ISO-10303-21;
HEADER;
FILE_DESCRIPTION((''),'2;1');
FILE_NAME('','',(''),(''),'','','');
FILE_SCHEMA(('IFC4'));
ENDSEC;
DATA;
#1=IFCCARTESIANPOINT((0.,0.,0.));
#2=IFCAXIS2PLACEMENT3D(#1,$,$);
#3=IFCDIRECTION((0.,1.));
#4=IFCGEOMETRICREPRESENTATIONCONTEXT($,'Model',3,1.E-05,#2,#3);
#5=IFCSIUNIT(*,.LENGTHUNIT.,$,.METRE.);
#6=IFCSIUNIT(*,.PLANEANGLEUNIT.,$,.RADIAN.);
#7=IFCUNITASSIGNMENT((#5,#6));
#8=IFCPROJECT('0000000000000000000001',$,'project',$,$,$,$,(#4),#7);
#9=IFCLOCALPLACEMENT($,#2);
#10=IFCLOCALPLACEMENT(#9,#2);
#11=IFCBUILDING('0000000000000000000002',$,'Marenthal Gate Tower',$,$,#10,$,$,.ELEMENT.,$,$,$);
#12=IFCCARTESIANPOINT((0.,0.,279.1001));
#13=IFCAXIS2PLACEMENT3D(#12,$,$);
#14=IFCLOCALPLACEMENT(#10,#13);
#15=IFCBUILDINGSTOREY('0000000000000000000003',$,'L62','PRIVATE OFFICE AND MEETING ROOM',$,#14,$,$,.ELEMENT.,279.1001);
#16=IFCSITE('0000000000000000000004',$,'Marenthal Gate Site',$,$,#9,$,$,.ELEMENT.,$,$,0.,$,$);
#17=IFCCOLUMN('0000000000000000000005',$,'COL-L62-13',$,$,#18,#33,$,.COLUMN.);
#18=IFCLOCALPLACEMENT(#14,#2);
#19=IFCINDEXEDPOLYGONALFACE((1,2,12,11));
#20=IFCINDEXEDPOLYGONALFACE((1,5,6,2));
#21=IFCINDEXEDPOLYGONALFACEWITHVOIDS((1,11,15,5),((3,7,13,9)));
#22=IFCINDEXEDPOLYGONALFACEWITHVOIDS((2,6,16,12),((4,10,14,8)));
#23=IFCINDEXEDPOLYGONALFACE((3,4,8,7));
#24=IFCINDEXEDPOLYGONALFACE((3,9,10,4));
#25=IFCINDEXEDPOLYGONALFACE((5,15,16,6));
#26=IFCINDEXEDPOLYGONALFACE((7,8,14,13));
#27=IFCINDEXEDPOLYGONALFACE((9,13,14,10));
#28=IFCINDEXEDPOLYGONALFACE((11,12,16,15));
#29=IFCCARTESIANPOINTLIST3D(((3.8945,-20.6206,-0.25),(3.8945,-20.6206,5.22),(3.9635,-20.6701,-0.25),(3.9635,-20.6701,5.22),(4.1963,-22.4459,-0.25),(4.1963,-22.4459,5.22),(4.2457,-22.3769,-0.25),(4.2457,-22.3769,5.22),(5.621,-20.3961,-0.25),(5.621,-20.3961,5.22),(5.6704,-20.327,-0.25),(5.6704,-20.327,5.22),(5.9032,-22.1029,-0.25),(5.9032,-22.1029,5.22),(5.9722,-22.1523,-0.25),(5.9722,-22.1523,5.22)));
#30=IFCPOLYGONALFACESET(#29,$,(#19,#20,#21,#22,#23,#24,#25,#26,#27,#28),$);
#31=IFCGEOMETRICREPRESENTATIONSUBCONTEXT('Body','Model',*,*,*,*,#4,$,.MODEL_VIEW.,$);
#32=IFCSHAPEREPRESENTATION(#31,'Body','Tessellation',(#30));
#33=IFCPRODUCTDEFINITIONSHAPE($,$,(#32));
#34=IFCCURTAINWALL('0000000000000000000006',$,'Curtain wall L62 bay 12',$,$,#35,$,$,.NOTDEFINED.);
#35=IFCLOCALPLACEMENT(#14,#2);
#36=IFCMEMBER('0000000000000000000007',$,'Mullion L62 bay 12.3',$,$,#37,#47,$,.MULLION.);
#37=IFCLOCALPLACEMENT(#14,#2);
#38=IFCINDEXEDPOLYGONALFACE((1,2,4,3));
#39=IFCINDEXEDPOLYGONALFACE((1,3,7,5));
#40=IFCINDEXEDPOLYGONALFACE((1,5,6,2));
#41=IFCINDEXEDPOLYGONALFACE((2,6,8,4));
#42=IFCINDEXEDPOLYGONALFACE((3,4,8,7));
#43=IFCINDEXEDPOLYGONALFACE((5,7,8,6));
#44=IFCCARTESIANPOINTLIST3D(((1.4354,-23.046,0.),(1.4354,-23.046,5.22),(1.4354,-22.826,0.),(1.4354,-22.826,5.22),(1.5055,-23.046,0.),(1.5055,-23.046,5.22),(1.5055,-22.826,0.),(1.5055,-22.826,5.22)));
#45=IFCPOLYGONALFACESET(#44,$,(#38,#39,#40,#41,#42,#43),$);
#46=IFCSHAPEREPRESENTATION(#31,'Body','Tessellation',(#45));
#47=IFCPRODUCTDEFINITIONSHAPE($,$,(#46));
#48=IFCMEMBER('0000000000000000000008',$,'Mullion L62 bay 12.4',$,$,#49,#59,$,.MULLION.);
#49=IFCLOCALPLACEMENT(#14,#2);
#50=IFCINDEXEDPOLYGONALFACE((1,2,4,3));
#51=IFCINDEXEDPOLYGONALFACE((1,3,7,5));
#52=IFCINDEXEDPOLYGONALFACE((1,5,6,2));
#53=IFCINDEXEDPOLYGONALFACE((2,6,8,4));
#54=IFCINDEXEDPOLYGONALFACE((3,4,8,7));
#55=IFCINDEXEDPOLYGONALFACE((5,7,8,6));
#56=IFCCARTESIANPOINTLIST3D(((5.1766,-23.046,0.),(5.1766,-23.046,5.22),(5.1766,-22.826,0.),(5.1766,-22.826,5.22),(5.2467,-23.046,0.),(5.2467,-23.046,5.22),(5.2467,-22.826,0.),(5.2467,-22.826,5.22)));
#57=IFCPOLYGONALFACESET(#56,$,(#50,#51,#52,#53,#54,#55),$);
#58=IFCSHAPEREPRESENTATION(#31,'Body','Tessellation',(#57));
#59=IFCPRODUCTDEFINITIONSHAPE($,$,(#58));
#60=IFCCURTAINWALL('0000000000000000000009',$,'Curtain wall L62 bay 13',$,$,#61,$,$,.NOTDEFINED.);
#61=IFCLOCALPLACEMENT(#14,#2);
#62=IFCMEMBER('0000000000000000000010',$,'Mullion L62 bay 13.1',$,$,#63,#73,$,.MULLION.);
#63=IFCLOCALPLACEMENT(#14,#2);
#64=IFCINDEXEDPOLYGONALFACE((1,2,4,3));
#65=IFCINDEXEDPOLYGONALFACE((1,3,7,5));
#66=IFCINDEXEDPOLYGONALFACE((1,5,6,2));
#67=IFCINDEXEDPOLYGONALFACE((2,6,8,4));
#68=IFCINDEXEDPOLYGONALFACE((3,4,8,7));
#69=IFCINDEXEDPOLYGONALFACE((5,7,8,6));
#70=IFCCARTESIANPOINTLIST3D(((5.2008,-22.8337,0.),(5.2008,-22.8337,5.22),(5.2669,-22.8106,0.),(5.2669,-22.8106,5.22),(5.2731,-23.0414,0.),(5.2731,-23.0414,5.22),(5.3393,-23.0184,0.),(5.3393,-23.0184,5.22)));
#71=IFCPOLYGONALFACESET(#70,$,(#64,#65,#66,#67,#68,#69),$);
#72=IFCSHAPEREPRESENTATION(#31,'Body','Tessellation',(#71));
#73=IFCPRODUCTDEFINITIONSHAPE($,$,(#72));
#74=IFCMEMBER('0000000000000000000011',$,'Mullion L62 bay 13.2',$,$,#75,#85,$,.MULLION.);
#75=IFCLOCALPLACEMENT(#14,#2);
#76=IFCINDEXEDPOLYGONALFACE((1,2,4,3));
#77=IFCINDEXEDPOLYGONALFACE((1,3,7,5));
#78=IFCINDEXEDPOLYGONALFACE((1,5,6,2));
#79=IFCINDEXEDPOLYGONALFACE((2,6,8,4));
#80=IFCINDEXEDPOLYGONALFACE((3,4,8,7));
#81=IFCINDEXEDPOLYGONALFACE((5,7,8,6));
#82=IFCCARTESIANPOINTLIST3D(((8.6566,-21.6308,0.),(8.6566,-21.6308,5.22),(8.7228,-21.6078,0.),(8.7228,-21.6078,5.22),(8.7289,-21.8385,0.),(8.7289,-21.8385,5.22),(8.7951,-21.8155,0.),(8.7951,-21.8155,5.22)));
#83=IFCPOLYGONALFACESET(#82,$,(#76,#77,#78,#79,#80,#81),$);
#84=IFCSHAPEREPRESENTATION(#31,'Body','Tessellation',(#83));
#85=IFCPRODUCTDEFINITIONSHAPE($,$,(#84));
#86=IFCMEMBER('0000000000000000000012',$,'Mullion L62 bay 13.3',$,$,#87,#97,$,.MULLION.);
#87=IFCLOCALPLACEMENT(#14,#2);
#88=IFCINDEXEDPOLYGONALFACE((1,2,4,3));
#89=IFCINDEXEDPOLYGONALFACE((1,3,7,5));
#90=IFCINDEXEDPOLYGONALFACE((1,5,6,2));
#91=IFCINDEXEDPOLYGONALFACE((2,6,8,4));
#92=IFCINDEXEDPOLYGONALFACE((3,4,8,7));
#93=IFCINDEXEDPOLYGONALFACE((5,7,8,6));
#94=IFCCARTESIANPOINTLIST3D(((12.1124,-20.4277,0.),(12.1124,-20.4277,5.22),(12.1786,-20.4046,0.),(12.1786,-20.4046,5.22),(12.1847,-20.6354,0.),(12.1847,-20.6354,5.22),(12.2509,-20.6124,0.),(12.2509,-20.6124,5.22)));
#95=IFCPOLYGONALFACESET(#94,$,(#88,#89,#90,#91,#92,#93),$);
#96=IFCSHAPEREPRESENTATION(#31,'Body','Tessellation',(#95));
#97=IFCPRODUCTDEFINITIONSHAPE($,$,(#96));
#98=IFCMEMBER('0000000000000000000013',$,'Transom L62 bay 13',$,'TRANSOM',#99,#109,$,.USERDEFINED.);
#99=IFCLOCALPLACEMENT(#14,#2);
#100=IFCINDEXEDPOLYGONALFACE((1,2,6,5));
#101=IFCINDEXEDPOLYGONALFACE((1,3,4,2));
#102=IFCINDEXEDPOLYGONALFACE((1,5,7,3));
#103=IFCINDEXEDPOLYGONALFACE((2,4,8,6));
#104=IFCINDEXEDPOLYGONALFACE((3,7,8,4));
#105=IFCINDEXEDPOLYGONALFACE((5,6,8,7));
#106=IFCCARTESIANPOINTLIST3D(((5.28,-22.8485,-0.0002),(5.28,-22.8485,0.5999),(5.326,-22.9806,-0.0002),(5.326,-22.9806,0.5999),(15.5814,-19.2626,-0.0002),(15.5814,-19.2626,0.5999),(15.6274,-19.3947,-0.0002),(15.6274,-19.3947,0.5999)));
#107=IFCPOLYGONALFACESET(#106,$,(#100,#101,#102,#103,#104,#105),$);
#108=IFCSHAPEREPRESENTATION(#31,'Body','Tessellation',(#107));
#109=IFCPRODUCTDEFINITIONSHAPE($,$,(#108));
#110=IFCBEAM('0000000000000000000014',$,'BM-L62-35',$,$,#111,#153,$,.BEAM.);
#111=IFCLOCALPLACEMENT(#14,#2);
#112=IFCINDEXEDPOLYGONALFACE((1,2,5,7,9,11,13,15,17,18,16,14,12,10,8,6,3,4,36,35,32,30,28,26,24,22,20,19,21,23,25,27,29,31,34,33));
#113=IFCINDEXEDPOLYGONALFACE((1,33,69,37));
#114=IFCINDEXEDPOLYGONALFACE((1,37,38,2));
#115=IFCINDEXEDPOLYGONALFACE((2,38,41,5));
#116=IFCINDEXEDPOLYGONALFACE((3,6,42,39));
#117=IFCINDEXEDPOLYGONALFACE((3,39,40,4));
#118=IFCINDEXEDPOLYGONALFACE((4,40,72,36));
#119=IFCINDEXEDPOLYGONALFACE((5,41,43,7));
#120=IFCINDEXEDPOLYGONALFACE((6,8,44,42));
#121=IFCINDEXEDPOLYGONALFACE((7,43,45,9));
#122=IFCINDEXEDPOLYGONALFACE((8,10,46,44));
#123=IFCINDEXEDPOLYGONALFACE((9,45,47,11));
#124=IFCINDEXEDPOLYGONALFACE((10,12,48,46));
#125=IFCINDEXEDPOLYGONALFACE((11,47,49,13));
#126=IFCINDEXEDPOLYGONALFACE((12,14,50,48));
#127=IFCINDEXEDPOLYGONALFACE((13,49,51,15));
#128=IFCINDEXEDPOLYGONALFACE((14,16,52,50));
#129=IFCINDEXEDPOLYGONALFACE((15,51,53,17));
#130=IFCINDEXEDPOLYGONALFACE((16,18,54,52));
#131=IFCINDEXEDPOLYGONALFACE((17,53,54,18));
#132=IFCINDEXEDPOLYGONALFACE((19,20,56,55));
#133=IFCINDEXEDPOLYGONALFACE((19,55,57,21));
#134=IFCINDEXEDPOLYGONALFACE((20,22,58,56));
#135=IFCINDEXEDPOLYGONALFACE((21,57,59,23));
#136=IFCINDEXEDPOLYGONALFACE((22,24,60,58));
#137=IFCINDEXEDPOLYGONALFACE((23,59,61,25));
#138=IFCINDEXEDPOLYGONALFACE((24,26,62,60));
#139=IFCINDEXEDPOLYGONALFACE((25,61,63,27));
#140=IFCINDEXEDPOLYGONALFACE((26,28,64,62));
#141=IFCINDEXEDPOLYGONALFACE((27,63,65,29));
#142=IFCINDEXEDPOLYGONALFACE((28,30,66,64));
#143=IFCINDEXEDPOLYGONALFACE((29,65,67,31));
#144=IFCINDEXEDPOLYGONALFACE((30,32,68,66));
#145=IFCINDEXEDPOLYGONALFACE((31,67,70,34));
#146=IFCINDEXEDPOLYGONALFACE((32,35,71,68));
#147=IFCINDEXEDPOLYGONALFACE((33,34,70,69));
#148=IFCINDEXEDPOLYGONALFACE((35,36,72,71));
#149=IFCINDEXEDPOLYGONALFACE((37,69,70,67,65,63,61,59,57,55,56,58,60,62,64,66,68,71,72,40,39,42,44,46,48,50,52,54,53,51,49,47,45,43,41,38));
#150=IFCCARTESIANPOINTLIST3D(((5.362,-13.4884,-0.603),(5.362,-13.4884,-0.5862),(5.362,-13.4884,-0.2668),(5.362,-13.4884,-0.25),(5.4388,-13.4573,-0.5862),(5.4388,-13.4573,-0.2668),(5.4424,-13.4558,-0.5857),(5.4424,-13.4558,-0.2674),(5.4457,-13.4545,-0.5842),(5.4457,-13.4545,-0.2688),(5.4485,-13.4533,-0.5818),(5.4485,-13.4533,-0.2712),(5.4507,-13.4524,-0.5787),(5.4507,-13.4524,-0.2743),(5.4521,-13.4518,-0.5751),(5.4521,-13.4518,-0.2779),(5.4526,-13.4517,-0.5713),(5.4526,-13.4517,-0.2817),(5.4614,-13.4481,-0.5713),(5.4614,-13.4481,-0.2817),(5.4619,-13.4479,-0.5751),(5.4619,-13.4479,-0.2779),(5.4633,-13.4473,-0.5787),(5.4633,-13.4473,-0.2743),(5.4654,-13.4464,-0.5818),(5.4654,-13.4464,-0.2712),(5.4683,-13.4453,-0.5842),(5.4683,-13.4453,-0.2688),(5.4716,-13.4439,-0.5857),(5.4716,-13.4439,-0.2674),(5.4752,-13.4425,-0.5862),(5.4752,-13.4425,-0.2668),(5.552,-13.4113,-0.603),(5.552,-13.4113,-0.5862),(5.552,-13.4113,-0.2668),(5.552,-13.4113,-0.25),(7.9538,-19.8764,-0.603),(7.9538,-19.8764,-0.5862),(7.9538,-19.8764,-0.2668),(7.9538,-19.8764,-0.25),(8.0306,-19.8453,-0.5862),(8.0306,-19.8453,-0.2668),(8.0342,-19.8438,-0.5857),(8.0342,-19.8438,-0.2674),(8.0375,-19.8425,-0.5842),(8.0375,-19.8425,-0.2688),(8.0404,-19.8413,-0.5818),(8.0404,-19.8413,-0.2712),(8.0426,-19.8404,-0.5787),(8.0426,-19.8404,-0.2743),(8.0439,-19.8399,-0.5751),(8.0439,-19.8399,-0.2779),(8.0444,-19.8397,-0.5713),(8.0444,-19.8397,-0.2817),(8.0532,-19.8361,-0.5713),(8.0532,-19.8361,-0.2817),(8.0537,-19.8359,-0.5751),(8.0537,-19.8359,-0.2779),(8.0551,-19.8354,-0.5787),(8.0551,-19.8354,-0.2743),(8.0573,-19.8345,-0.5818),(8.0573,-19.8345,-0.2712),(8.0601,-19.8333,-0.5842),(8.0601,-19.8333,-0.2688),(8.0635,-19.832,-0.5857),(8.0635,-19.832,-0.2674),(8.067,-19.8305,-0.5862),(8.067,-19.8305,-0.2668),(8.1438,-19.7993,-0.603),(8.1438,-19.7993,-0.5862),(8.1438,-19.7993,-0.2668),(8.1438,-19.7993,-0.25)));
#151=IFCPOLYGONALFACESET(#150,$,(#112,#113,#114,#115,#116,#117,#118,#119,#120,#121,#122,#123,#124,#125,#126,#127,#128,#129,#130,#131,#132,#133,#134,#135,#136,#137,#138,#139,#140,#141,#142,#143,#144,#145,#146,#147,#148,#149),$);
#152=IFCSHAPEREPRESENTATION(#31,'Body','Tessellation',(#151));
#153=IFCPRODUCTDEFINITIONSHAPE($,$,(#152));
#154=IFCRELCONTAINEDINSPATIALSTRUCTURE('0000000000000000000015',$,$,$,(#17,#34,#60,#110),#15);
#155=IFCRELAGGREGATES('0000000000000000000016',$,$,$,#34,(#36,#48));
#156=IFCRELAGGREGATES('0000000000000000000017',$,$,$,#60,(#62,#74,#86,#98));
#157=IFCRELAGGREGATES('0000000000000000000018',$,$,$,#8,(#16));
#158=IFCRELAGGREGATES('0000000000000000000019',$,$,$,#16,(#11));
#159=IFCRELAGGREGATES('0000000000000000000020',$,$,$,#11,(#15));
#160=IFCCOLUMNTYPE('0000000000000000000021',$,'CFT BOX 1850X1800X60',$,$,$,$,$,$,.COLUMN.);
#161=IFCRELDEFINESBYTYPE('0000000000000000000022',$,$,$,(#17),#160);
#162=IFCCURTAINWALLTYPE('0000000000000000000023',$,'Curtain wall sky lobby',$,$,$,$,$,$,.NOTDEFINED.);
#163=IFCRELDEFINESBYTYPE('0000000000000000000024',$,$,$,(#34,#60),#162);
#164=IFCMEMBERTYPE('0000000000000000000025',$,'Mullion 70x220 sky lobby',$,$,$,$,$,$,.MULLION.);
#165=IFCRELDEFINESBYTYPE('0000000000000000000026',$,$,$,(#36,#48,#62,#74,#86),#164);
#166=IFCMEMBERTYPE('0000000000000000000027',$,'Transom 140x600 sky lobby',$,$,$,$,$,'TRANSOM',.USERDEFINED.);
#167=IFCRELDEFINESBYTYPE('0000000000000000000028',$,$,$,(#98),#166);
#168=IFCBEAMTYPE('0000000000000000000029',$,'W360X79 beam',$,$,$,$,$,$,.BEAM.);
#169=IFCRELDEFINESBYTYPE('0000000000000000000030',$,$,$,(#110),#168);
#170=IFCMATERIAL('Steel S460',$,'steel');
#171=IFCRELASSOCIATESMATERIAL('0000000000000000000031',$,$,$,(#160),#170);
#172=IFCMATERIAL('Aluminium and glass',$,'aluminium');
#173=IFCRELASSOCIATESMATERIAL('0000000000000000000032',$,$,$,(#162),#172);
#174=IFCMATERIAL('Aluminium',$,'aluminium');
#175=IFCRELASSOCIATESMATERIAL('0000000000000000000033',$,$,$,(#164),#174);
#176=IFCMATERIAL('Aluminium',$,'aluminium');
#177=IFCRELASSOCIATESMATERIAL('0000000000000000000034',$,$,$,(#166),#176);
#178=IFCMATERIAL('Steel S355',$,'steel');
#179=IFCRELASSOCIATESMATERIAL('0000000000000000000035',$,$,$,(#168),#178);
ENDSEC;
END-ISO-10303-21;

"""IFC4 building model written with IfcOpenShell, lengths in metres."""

from ifc_helpers import new_model, si_unit, direction, frame, origin, origin_2d, place, context, subcontext, project, spatial, rectangle, hollow_rectangle, i_section, extrude, material, material_profile, profile_set, type_object, element, aggregate, save


model = new_model("IFC4")

# Units and contexts
model_context = context("Model", 3, precision=1e-05, world=origin(), true_north=direction((0.0, 1.0)))
body_context = subcontext(model_context, "Body", "Model", "MODEL_VIEW")
ifc_project = project(units=[si_unit("LENGTHUNIT", "METRE"), si_unit("PLANEANGLEUNIT", "RADIAN")], contexts=[model_context])

# Site, building, storey
site_placement = place(None, origin())
site = spatial("IfcSite", under=ifc_project, at=site_placement, Name="Marenthal Gate Site", CompositionType="ELEMENT", RefElevation=0.0)
building_placement = place(site_placement, origin())
building = spatial("IfcBuilding", under=site, at=building_placement, Name="Marenthal Gate Tower", CompositionType="ELEMENT")
storey_placement = place(building_placement, frame((0.0, 0.0, 279.1001)))
storey = spatial("IfcBuildingStorey", under=building, at=storey_placement, Name="L62", Description="PRIVATE OFFICE AND MEETING ROOM", CompositionType="ELEMENT", Elevation=279.1001)

# Column
ifc_material_1 = material(Name="Steel S460", Category="steel")
ifc_material_profile_1 = material_profile(ifc_material_1, hollow_rectangle(XDim=1.8, YDim=1.8501, WallThickness=0.0601, at=origin_2d()), Name="CFT BOX 1850X1800X60")
ifc_material_2 = material(Name="Concrete 70 MPa", Category="concrete")
ifc_material_profile_2 = material_profile(ifc_material_2, rectangle(XDim=1.6799, YDim=1.73, at=origin_2d()), Name="CFT BOX 1850X1800X60 INFILL")
ifc_profile_set_1 = profile_set([ifc_material_profile_1, ifc_material_profile_2], Name="Steel S460 shell, Concrete 70 MPa infill")
column_type = type_object("IfcColumnType", Name="CFT BOX 1850X1800X60", PredefinedType="COLUMN", material=ifc_profile_set_1)
column_placement = place(storey_placement, frame((4.9333, -21.3865, -0.25), z_axis=(0.0, 0.0, 1.0), x_axis=(-0.986606, -0.163119, 0.0)))
element("IfcColumn", 1, at=column_placement, inside=storey, type_object=column_type, Name="COL-L62-13", PredefinedType="COLUMN", context=body_context, shape_type="SweptSolid", body=[
    extrude(hollow_rectangle(XDim=1.8, YDim=1.8501, WallThickness=0.0601, at=origin_2d()), origin(), (0.0, 0.0, 1.0), 5.47),
])

# Curtain walls, members
ifc_material_3 = material(Name="Aluminium and glass", Category="aluminium")
curtain_wall_type = type_object("IfcCurtainWallType", Name="Curtain wall sky lobby", PredefinedType="NOTDEFINED", material=ifc_material_3)
curtain_wall_1_placement = place(storey_placement, origin())
curtain_wall_1 = element("IfcCurtainWall", 2, at=curtain_wall_1_placement, inside=storey, type_object=curtain_wall_type, Name="Curtain wall L62 bay 12", PredefinedType="NOTDEFINED")
ifc_material_4 = material(Name="Aluminium", Category="aluminium")
ifc_material_profile_3 = material_profile(ifc_material_4, rectangle(XDim=0.22, YDim=0.0701, at=origin_2d()), Name="70x220 aluminium mullion")
ifc_profile_set_2 = profile_set([ifc_material_profile_3], Name="Aluminium")
member_type_1 = type_object("IfcMemberType", Name="Mullion 70x220 sky lobby", PredefinedType="MULLION", material=ifc_profile_set_2)
member_1_placement = place(storey_placement, frame((1.4705, -22.936, 0.0), z_axis=(0.0, 0.0, 1.0), x_axis=(0.0, 1.0, 0.0)))
member_1 = element("IfcMember", 3, at=member_1_placement, type_object=member_type_1, Name="Mullion L62 bay 12.3", PredefinedType="MULLION", context=body_context, shape_type="SweptSolid", body=[
    extrude(rectangle(XDim=0.22, YDim=0.0701, at=origin_2d()), origin(), (0.0, 0.0, 1.0), 5.22),
])
member_2_placement = place(storey_placement, frame((5.2117, -22.936, 0.0), z_axis=(0.0, 0.0, 1.0), x_axis=(0.0, 1.0, 0.0)))
member_2 = element("IfcMember", 4, at=member_2_placement, type_object=member_type_1, Name="Mullion L62 bay 12.4", PredefinedType="MULLION", context=body_context, shape_type="SweptSolid", body=[
    extrude(rectangle(XDim=0.22, YDim=0.0701, at=origin_2d()), origin(), (0.0, 0.0, 1.0), 5.22),
])
curtain_wall_2_placement = place(storey_placement, origin())
curtain_wall_2 = element("IfcCurtainWall", 5, at=curtain_wall_2_placement, inside=storey, type_object=curtain_wall_type, Name="Curtain wall L62 bay 13", PredefinedType="NOTDEFINED")
member_3_placement = place(storey_placement, frame((5.27, -22.926, 0.0), z_axis=(0.0, 0.0, 1.0), x_axis=(-0.328757, 0.944415, 0.0)))
member_3 = element("IfcMember", 6, at=member_3_placement, type_object=member_type_1, Name="Mullion L62 bay 13.1", PredefinedType="MULLION", context=body_context, shape_type="SweptSolid", body=[
    extrude(rectangle(XDim=0.22, YDim=0.0701, at=origin_2d()), origin(), (0.0, 0.0, 1.0), 5.22),
])
member_4_placement = place(storey_placement, frame((8.7258, -21.7231, 0.0), z_axis=(0.0, 0.0, 1.0), x_axis=(-0.328757, 0.944415, 0.0)))
member_4 = element("IfcMember", 7, at=member_4_placement, type_object=member_type_1, Name="Mullion L62 bay 13.2", PredefinedType="MULLION", context=body_context, shape_type="SweptSolid", body=[
    extrude(rectangle(XDim=0.22, YDim=0.0701, at=origin_2d()), origin(), (0.0, 0.0, 1.0), 5.22),
])
member_5_placement = place(storey_placement, frame((12.1816, -20.52, 0.0), z_axis=(0.0, 0.0, 1.0), x_axis=(-0.328757, 0.944415, 0.0)))
member_5 = element("IfcMember", 8, at=member_5_placement, type_object=member_type_1, Name="Mullion L62 bay 13.3", PredefinedType="MULLION", context=body_context, shape_type="SweptSolid", body=[
    extrude(rectangle(XDim=0.22, YDim=0.0701, at=origin_2d()), origin(), (0.0, 0.0, 1.0), 5.22),
])
ifc_material_5 = material(Name="Aluminium", Category="aluminium")
ifc_material_profile_4 = material_profile(ifc_material_5, rectangle(XDim=0.1399, YDim=0.6001, at=origin_2d()), Name="140x600 aluminium transom")
ifc_profile_set_3 = profile_set([ifc_material_profile_4], Name="Aluminium")
member_type_2 = type_object("IfcMemberType", Name="Transom 140x600 sky lobby", ElementType="TRANSOM", PredefinedType="USERDEFINED", material=ifc_profile_set_3)
member_6_placement = place(storey_placement, frame((5.303, -22.9146, 0.2998), z_axis=(0.944417, 0.32875, 0.0), x_axis=(-0.32875, 0.944417, 0.0)))
member_6 = element("IfcMember", 9, at=member_6_placement, type_object=member_type_2, Name="Transom L62 bay 13", ObjectType="TRANSOM", PredefinedType="USERDEFINED", context=body_context, shape_type="SweptSolid", body=[
    extrude(rectangle(XDim=0.1399, YDim=0.6001, at=origin_2d()), origin(), (0.0, 0.0, 1.0), 10.9077),
])

# Beam
ifc_material_6 = material(Name="Steel S355", Category="steel")
ifc_material_profile_5 = material_profile(ifc_material_6, i_section(OverallWidth=0.2051, OverallDepth=0.353, WebThickness=0.0095, FlangeThickness=0.0168, FilletRadius=0.0149, at=origin_2d()), Name="W360X79")
ifc_profile_set_4 = profile_set([ifc_material_profile_5], Name="Steel S355")
beam_type_1 = type_object("IfcBeamType", Name="W360X79 beam", PredefinedType="BEAM", material=ifc_profile_set_4)
beam_1_placement = place(storey_placement, frame((8.0488, -19.8379, -0.4265), z_axis=(-0.375966, 0.926634, 0.0), x_axis=(-0.926634, -0.375966, 0.0)))
element("IfcBeam", 10, at=beam_1_placement, inside=storey, type_object=beam_type_1, Name="BM-L62-35", PredefinedType="BEAM", context=body_context, shape_type="SweptSolid", body=[
    extrude(i_section(OverallWidth=0.2051, OverallDepth=0.353, WebThickness=0.0095, FlangeThickness=0.0168, FilletRadius=0.0149, at=origin_2d()), origin(), (0.0, 0.0, 1.0), 6.8938),
])

aggregate(curtain_wall_1, [member_1, member_2])
aggregate(curtain_wall_2, [member_3, member_4, member_5, member_6])

save(model, "model.ifc")
